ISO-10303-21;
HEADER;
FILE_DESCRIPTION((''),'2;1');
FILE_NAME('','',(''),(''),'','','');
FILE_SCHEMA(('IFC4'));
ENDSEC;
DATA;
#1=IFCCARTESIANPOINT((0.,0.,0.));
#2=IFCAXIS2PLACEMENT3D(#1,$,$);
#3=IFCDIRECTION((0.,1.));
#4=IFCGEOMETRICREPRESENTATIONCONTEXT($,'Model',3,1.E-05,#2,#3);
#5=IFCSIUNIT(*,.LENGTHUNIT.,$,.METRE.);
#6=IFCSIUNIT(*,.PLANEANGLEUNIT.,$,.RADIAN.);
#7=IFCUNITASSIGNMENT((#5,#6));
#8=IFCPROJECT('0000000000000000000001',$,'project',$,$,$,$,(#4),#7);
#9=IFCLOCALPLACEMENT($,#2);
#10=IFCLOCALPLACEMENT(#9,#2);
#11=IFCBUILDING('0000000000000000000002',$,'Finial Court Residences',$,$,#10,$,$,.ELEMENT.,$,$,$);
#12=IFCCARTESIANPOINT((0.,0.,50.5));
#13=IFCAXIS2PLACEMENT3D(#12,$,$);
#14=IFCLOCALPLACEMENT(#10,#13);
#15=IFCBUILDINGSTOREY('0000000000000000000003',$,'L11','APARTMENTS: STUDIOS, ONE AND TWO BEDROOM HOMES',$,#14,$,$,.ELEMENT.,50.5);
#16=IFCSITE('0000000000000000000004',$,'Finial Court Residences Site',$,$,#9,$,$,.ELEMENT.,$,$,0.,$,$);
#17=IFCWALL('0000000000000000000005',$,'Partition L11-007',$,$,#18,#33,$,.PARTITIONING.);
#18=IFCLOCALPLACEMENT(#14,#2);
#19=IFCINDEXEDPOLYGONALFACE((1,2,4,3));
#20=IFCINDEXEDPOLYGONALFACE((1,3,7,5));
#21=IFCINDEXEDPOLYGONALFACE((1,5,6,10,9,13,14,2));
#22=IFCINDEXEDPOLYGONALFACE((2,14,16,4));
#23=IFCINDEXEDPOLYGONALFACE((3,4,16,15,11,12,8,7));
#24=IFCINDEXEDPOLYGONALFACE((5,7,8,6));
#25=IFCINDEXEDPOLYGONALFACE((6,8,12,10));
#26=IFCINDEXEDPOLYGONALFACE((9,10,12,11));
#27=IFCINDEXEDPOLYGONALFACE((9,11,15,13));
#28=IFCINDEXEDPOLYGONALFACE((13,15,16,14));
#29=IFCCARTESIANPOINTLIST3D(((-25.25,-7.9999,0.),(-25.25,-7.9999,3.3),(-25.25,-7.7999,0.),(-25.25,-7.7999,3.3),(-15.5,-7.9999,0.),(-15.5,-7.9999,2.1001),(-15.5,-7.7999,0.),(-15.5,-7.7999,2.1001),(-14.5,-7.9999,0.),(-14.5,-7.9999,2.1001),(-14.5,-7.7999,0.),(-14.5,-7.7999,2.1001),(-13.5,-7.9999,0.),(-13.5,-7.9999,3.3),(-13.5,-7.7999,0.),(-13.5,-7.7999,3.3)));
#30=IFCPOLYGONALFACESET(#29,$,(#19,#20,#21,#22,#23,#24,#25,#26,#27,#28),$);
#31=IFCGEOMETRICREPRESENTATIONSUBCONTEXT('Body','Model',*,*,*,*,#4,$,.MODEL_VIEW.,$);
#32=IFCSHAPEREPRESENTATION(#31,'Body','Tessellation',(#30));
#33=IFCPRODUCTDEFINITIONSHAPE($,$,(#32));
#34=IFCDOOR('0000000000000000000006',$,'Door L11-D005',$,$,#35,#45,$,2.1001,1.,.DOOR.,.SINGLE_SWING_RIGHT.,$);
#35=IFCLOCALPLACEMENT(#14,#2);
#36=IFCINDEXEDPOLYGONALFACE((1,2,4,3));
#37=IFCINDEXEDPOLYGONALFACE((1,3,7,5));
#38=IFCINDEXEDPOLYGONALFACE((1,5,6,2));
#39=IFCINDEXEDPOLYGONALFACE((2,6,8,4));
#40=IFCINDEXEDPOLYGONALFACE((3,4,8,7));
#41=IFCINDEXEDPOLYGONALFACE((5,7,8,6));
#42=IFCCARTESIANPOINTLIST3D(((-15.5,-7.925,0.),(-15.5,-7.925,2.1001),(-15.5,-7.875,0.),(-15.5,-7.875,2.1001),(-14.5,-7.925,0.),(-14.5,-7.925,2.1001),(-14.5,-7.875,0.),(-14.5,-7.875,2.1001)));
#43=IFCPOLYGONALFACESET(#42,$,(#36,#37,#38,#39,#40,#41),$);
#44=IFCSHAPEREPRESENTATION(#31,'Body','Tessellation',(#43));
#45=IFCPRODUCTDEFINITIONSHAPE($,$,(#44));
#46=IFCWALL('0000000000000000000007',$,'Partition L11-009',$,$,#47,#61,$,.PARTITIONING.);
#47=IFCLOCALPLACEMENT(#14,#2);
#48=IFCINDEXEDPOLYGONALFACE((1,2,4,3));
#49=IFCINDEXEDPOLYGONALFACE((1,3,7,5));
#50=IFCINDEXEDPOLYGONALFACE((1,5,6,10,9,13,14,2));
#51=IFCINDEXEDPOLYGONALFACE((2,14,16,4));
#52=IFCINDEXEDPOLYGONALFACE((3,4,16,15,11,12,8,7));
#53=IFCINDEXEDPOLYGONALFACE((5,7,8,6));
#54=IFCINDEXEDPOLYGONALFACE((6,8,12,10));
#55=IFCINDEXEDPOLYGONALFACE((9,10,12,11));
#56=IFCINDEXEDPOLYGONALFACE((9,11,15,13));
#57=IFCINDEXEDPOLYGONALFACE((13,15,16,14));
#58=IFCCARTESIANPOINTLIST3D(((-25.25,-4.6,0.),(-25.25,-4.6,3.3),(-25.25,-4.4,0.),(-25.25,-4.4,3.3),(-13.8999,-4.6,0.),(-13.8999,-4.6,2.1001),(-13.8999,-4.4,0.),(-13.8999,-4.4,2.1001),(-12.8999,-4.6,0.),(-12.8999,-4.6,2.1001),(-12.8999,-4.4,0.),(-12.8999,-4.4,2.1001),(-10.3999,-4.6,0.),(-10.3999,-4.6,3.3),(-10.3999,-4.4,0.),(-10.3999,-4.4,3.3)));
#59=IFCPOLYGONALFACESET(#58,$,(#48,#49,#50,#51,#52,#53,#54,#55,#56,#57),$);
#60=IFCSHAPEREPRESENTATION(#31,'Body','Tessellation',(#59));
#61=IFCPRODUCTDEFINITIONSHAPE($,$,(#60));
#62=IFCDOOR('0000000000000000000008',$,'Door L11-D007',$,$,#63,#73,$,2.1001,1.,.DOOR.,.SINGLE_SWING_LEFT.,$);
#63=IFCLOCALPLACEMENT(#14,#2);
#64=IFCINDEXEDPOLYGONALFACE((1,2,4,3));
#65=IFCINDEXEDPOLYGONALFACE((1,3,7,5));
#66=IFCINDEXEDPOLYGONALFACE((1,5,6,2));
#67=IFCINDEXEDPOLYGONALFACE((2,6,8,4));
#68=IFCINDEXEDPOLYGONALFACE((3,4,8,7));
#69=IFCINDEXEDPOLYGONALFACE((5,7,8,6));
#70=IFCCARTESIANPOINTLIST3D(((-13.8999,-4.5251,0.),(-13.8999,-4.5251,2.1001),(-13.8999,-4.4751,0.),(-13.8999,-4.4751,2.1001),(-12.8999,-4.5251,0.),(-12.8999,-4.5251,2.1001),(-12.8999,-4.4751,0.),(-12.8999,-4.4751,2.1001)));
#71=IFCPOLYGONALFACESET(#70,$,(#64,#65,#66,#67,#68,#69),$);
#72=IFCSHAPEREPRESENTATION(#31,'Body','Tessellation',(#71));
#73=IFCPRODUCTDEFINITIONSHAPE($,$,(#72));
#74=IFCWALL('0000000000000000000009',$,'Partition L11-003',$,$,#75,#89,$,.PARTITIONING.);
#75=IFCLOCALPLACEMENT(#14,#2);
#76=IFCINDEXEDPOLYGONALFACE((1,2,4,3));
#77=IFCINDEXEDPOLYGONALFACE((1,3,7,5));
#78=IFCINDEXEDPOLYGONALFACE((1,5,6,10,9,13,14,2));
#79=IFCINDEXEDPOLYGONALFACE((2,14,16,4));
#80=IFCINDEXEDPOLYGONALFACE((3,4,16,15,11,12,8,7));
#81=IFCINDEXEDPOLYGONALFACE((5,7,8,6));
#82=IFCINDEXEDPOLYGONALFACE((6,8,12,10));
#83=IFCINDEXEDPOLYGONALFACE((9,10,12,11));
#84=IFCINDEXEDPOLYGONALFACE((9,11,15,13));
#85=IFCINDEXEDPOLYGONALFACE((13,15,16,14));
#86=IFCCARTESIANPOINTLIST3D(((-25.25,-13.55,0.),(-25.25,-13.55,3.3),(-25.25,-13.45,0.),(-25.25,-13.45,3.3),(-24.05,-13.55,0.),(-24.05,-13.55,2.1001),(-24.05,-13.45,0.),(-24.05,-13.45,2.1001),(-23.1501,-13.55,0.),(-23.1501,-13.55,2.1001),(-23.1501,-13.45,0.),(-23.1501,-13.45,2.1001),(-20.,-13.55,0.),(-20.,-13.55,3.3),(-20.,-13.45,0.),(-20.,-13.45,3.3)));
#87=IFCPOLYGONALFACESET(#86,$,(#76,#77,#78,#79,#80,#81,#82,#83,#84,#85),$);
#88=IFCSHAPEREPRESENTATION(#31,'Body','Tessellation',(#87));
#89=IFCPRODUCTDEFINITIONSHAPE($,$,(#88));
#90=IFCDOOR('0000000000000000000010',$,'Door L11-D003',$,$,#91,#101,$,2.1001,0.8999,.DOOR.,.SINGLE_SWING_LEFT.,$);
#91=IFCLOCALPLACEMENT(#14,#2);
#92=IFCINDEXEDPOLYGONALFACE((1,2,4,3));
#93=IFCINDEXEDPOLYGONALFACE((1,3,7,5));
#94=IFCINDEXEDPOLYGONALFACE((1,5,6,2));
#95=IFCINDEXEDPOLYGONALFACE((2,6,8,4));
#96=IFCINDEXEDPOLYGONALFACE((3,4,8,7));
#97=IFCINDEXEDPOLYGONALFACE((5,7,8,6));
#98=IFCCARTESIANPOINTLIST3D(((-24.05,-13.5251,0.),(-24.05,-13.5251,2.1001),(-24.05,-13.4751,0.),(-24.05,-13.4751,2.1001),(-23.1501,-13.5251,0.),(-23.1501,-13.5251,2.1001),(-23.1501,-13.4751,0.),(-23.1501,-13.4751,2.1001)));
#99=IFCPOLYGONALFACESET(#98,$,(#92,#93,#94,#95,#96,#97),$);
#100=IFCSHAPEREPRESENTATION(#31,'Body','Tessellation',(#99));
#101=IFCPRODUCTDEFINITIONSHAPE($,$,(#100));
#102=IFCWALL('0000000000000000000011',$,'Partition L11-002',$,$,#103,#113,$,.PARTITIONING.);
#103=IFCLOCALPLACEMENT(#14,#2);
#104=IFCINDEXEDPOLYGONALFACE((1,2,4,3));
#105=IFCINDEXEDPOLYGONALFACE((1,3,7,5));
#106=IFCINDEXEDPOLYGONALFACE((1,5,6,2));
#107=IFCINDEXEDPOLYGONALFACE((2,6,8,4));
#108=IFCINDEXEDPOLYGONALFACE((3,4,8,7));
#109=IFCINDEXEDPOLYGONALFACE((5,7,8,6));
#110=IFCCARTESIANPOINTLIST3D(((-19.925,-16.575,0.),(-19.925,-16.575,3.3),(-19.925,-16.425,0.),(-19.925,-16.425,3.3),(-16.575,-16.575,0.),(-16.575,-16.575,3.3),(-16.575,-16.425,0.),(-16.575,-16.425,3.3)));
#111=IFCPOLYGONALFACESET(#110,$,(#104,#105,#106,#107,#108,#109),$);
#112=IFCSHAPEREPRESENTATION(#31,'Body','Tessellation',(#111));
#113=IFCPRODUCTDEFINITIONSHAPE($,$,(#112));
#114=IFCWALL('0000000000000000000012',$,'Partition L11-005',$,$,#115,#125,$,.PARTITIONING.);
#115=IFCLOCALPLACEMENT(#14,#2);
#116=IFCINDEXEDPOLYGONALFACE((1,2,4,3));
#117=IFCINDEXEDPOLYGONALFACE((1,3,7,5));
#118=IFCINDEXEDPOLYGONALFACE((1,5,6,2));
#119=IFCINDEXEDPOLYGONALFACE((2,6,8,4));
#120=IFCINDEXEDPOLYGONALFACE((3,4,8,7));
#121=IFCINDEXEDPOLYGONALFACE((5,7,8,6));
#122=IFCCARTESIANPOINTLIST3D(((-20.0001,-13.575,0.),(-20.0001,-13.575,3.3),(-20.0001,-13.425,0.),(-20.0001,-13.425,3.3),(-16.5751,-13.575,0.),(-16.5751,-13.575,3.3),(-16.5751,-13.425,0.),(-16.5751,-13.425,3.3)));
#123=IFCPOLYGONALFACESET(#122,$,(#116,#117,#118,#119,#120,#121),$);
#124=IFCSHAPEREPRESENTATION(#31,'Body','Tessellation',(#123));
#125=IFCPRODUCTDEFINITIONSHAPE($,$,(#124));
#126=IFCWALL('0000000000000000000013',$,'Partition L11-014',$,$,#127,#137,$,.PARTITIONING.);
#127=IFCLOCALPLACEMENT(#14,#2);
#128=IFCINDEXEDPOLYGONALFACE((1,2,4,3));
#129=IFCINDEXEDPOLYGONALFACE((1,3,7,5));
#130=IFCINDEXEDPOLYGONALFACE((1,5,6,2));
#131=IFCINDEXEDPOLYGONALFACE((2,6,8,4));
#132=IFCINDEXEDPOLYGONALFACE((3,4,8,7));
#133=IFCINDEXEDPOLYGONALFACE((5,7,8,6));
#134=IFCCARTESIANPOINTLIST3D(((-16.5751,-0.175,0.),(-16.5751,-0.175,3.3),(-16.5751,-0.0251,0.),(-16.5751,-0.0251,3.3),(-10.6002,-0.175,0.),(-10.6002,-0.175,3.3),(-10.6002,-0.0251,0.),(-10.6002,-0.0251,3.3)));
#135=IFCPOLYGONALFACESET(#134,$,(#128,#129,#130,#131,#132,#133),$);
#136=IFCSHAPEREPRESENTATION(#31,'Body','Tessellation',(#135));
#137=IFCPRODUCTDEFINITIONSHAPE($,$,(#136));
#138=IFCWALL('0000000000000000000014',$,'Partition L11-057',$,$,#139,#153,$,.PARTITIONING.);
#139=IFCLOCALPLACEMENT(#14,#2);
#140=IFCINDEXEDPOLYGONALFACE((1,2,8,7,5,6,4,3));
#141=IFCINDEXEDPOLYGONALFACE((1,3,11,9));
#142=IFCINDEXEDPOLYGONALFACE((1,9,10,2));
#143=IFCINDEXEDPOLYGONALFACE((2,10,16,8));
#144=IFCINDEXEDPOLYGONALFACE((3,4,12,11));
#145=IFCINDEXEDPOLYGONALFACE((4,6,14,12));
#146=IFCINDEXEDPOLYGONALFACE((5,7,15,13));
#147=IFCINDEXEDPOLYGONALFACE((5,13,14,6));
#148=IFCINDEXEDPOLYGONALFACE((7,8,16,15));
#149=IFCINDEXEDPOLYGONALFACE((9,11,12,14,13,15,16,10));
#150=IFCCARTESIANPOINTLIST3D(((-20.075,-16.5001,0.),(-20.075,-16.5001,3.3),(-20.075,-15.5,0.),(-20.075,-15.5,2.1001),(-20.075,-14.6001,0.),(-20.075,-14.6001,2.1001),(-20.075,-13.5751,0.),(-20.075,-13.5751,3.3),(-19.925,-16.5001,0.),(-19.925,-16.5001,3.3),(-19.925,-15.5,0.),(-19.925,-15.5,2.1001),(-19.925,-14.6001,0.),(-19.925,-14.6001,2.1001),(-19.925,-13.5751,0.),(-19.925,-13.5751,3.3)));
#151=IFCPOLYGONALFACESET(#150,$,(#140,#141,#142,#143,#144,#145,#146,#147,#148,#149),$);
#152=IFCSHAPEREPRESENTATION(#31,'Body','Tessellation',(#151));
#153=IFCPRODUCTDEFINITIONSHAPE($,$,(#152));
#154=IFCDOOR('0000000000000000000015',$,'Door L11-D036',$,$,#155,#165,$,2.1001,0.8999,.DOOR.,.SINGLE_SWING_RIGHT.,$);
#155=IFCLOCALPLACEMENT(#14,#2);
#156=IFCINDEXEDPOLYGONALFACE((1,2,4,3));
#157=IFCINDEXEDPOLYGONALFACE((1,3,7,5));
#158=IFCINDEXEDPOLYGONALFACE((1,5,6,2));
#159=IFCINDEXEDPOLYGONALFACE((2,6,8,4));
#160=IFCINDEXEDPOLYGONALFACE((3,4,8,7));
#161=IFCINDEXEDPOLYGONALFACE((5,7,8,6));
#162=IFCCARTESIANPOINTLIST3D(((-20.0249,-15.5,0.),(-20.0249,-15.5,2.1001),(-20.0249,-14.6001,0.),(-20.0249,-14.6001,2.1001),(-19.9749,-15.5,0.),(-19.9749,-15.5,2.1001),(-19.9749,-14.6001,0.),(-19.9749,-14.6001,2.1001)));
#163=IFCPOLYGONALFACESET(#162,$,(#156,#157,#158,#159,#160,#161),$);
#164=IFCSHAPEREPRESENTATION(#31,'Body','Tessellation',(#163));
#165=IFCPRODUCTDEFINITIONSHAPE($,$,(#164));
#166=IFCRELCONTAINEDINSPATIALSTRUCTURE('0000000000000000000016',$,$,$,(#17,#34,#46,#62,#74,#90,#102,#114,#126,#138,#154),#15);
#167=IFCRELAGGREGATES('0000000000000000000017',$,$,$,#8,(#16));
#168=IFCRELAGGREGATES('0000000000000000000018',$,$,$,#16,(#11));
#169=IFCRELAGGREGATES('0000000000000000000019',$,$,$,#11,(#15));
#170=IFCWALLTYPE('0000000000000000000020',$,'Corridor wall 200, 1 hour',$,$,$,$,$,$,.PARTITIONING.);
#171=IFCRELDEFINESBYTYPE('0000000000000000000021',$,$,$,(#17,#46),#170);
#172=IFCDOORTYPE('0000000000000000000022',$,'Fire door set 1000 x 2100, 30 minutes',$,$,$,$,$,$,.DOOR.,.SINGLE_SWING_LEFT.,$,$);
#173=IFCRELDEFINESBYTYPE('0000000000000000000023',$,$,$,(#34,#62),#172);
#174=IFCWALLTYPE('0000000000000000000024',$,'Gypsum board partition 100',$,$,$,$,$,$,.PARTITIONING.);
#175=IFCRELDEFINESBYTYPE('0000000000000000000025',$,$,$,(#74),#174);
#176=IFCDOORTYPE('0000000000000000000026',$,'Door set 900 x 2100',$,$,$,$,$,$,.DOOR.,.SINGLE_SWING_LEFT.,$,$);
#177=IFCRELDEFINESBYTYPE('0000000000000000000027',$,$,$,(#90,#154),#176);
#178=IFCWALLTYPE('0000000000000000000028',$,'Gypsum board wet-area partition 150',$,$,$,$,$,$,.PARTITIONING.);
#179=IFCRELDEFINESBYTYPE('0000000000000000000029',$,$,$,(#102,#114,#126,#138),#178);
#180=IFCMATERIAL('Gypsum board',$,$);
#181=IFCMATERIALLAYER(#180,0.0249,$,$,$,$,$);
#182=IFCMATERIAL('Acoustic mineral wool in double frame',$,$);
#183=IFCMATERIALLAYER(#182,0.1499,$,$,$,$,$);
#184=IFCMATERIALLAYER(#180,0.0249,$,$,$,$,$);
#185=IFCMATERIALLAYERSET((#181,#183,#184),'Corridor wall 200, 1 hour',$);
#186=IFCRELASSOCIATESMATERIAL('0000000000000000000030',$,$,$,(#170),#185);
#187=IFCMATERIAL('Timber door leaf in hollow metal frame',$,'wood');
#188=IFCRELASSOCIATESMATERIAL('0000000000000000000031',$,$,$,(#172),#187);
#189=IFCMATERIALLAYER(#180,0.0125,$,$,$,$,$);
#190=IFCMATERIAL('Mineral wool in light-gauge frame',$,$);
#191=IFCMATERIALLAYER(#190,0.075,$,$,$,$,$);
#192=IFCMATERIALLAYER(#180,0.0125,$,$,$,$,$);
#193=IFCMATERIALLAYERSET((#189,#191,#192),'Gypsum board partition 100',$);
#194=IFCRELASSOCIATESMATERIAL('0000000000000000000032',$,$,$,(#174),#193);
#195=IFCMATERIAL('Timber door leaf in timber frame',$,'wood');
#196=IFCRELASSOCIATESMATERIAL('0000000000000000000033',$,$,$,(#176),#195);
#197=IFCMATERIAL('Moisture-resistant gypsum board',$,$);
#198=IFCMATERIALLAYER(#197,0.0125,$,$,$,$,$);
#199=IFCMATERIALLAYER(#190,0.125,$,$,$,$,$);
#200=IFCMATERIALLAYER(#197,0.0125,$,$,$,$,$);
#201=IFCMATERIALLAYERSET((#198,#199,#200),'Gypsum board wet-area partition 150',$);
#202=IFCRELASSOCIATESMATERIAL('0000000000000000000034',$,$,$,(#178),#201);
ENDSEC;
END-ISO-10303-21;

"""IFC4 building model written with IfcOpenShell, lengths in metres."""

from ifc_helpers import new_model, si_unit, direction, frame, frame_2d, origin, place, context, subcontext, project, spatial, rectangle, extrude, material, layer, layer_set, type_object, element, fill, save


model = new_model("IFC4")

# Units and contexts
model_context = context("Model", 3, precision=1e-05, world=origin(), true_north=direction((0.0, 1.0)))
body_context = subcontext(model_context, "Body", "Model", "MODEL_VIEW")
ifc_project = project(units=[si_unit("LENGTHUNIT", "METRE"), si_unit("PLANEANGLEUNIT", "RADIAN")], contexts=[model_context])

# Site, building, storey
site_placement = place(None, origin())
site = spatial("IfcSite", under=ifc_project, at=site_placement, Name="Finial Court Residences Site", CompositionType="ELEMENT", RefElevation=0.0)
building_placement = place(site_placement, origin())
building = spatial("IfcBuilding", under=site, at=building_placement, Name="Finial Court Residences", CompositionType="ELEMENT")
storey_placement = place(building_placement, frame((0.0, 0.0, 50.5)))
storey = spatial("IfcBuildingStorey", under=building, at=storey_placement, Name="L11", Description="APARTMENTS: STUDIOS, ONE AND TWO BEDROOM HOMES", CompositionType="ELEMENT", Elevation=50.5)

# Shared definitions
ifc_material_1 = material(Name="Gypsum board")
ifc_material_2 = material(Name="Acoustic mineral wool in double frame")

# Walls, openings, doors
ifc_layer_1 = layer(ifc_material_1, 0.0249)
ifc_layer_2 = layer(ifc_material_2, 0.1499)
ifc_layer_3 = layer(ifc_material_1, 0.0249)
ifc_layer_set_1 = layer_set([ifc_layer_1, ifc_layer_2, ifc_layer_3], Name="Corridor wall 200, 1 hour")
wall_type_1 = type_object("IfcWallType", Name="Corridor wall 200, 1 hour", PredefinedType="PARTITIONING", material=ifc_layer_set_1)
wall_1_placement = place(storey_placement, frame((-25.25, -7.8999, 0.0), z_axis=(0.0, 0.0, 1.0), x_axis=(1.0, 0.0, 0.0)))
wall_1 = element("IfcWall", 1, at=wall_1_placement, inside=storey, type_object=wall_type_1, Name="Partition L11-007", PredefinedType="PARTITIONING", context=body_context, shape_type="SweptSolid", body=[
    extrude(rectangle(XDim=11.75, YDim=0.2, at=frame_2d((5.875, 0.0))), origin(), (0.0, 0.0, 1.0), 3.3),
])
opening_1_placement = place(wall_1_placement, frame((9.75, 0.0, 0.0)))
opening_1 = element("IfcOpeningElement", 2, at=opening_1_placement, cuts=wall_1, PredefinedType="OPENING", context=body_context, shape_type="SweptSolid", body=[
    extrude(rectangle(XDim=1.0, YDim=2.1001, at=frame_2d((0.5, 1.05))), frame((0.0, 0.1099, 0.0), z_axis=(0.0, -1.0, 0.0), x_axis=(1.0, 0.0, 0.0)), (0.0, 0.0, 1.0), 0.22),
])
ifc_material_3 = material(Name="Timber door leaf in hollow metal frame", Category="wood")
door_type_1 = type_object("IfcDoorType", Name="Fire door set 1000 x 2100, 30 minutes", OperationType="SINGLE_SWING_LEFT", PredefinedType="DOOR", material=ifc_material_3)
door_1_placement = place(opening_1_placement, origin())
door_1 = element("IfcDoor", 3, at=door_1_placement, inside=storey, type_object=door_type_1, Name="Door L11-D005", OperationType="SINGLE_SWING_RIGHT", OverallHeight=2.1001, OverallWidth=1.0, PredefinedType="DOOR", context=body_context, shape_type="SweptSolid", body=[
    extrude(rectangle(XDim=1.0, YDim=2.1001, at=frame_2d((0.5, 1.05))), frame((0.0, 0.0249, 0.0), z_axis=(0.0, -1.0, 0.0), x_axis=(1.0, 0.0, 0.0)), (0.0, 0.0, 1.0), 0.05),
])
fill(opening_1, door_1)
wall_2_placement = place(storey_placement, frame((-25.25, -4.5, 0.0), z_axis=(0.0, 0.0, 1.0), x_axis=(1.0, 0.0, 0.0)))
wall_2 = element("IfcWall", 4, at=wall_2_placement, inside=storey, type_object=wall_type_1, Name="Partition L11-009", PredefinedType="PARTITIONING", context=body_context, shape_type="SweptSolid", body=[
    extrude(rectangle(XDim=14.8501, YDim=0.2, at=frame_2d((7.425, 0.0))), origin(), (0.0, 0.0, 1.0), 3.3),
])
opening_2_placement = place(wall_2_placement, frame((11.3501, 0.0, 0.0)))
opening_2 = element("IfcOpeningElement", 5, at=opening_2_placement, cuts=wall_2, PredefinedType="OPENING", context=body_context, shape_type="SweptSolid", body=[
    extrude(rectangle(XDim=1.0, YDim=2.1001, at=frame_2d((0.5, 1.05))), frame((0.0, 0.1099, 0.0), z_axis=(0.0, -1.0, 0.0), x_axis=(1.0, 0.0, 0.0)), (0.0, 0.0, 1.0), 0.22),
])
door_2_placement = place(opening_2_placement, origin())
door_2 = element("IfcDoor", 6, at=door_2_placement, inside=storey, type_object=door_type_1, Name="Door L11-D007", OperationType="SINGLE_SWING_LEFT", OverallHeight=2.1001, OverallWidth=1.0, PredefinedType="DOOR", context=body_context, shape_type="SweptSolid", body=[
    extrude(rectangle(XDim=1.0, YDim=2.1001, at=frame_2d((0.5, 1.05))), frame((0.0, 0.0249, 0.0), z_axis=(0.0, -1.0, 0.0), x_axis=(1.0, 0.0, 0.0)), (0.0, 0.0, 1.0), 0.05),
])
fill(opening_2, door_2)
ifc_layer_4 = layer(ifc_material_1, 0.0125)
ifc_material_4 = material(Name="Mineral wool in light-gauge frame")
ifc_layer_5 = layer(ifc_material_4, 0.075)
ifc_layer_6 = layer(ifc_material_1, 0.0125)
ifc_layer_set_2 = layer_set([ifc_layer_4, ifc_layer_5, ifc_layer_6], Name="Gypsum board partition 100")
wall_type_2 = type_object("IfcWallType", Name="Gypsum board partition 100", PredefinedType="PARTITIONING", material=ifc_layer_set_2)
wall_3_placement = place(storey_placement, frame((-25.25, -13.5, 0.0), z_axis=(0.0, 0.0, 1.0), x_axis=(1.0, 0.0, 0.0)))
wall_3 = element("IfcWall", 7, at=wall_3_placement, inside=storey, type_object=wall_type_2, Name="Partition L11-003", PredefinedType="PARTITIONING", context=body_context, shape_type="SweptSolid", body=[
    extrude(rectangle(XDim=5.25, YDim=0.1001, at=frame_2d((2.625, 0.0))), origin(), (0.0, 0.0, 1.0), 3.3),
])
opening_3_placement = place(wall_3_placement, frame((1.2, 0.0, 0.0)))
opening_3 = element("IfcOpeningElement", 8, at=opening_3_placement, cuts=wall_3, PredefinedType="OPENING", context=body_context, shape_type="SweptSolid", body=[
    extrude(rectangle(XDim=0.8999, YDim=2.1001, at=frame_2d((0.45, 1.05))), frame((0.0, 0.0601, 0.0), z_axis=(0.0, -1.0, 0.0), x_axis=(1.0, 0.0, 0.0)), (0.0, 0.0, 1.0), 0.1201),
])
ifc_material_5 = material(Name="Timber door leaf in timber frame", Category="wood")
door_type_2 = type_object("IfcDoorType", Name="Door set 900 x 2100", OperationType="SINGLE_SWING_LEFT", PredefinedType="DOOR", material=ifc_material_5)
door_3_placement = place(opening_3_placement, origin())
door_3 = element("IfcDoor", 9, at=door_3_placement, inside=storey, type_object=door_type_2, Name="Door L11-D003", OperationType="SINGLE_SWING_LEFT", OverallHeight=2.1001, OverallWidth=0.8999, PredefinedType="DOOR", context=body_context, shape_type="SweptSolid", body=[
    extrude(rectangle(XDim=0.8999, YDim=2.1001, at=frame_2d((0.45, 1.05))), frame((0.0, 0.0249, 0.0), z_axis=(0.0, -1.0, 0.0), x_axis=(1.0, 0.0, 0.0)), (0.0, 0.0, 1.0), 0.05),
])
fill(opening_3, door_3)

# Walls
ifc_material_6 = material(Name="Moisture-resistant gypsum board")
ifc_layer_7 = layer(ifc_material_6, 0.0125)
ifc_layer_8 = layer(ifc_material_4, 0.125)
ifc_layer_9 = layer(ifc_material_6, 0.0125)
ifc_layer_set_3 = layer_set([ifc_layer_7, ifc_layer_8, ifc_layer_9], Name="Gypsum board wet-area partition 150")
wall_type_3 = type_object("IfcWallType", Name="Gypsum board wet-area partition 150", PredefinedType="PARTITIONING", material=ifc_layer_set_3)
wall_4_placement = place(storey_placement, frame((-19.925, -16.5, 0.0), z_axis=(0.0, 0.0, 1.0), x_axis=(1.0, 0.0, 0.0)))
element("IfcWall", 10, at=wall_4_placement, inside=storey, type_object=wall_type_3, Name="Partition L11-002", PredefinedType="PARTITIONING", context=body_context, shape_type="SweptSolid", body=[
    extrude(rectangle(XDim=3.3501, YDim=0.1499, at=frame_2d((1.675, 0.0))), origin(), (0.0, 0.0, 1.0), 3.3),
])
wall_5_placement = place(storey_placement, frame((-20.0, -13.5, 0.0), z_axis=(0.0, 0.0, 1.0), x_axis=(1.0, 0.0, 0.0)))
element("IfcWall", 11, at=wall_5_placement, inside=storey, type_object=wall_type_3, Name="Partition L11-005", PredefinedType="PARTITIONING", context=body_context, shape_type="SweptSolid", body=[
    extrude(rectangle(XDim=3.425, YDim=0.1499, at=frame_2d((1.7124, 0.0))), origin(), (0.0, 0.0, 1.0), 3.3),
])
wall_6_placement = place(storey_placement, frame((-16.575, -0.1001, 0.0), z_axis=(0.0, 0.0, 1.0), x_axis=(1.0, 0.0, 0.0)))
element("IfcWall", 12, at=wall_6_placement, inside=storey, type_object=wall_type_3, Name="Partition L11-014", PredefinedType="PARTITIONING", context=body_context, shape_type="SweptSolid", body=[
    extrude(rectangle(XDim=5.9749, YDim=0.1499, at=frame_2d((2.9873, 0.0))), origin(), (0.0, 0.0, 1.0), 3.3),
])

# Wall, opening, door
wall_7_placement = place(storey_placement, frame((-20.0, -16.5, 0.0), z_axis=(0.0, 0.0, 1.0), x_axis=(0.0, 1.0, 0.0)))
wall_7 = element("IfcWall", 13, at=wall_7_placement, inside=storey, type_object=wall_type_3, Name="Partition L11-057", PredefinedType="PARTITIONING", context=body_context, shape_type="SweptSolid", body=[
    extrude(rectangle(XDim=2.925, YDim=0.1499, at=frame_2d((1.4624, 0.0))), origin(), (0.0, 0.0, 1.0), 3.3),
])
opening_4_placement = place(wall_7_placement, frame((1.0, 0.0, 0.0)))
opening_4 = element("IfcOpeningElement", 14, at=opening_4_placement, cuts=wall_7, PredefinedType="OPENING", context=body_context, shape_type="SweptSolid", body=[
    extrude(rectangle(XDim=0.8999, YDim=2.1001, at=frame_2d((0.45, 1.05))), frame((0.0, 0.085, 0.0), z_axis=(0.0, -1.0, 0.0), x_axis=(1.0, 0.0, 0.0)), (0.0, 0.0, 1.0), 0.1699),
])
door_4_placement = place(opening_4_placement, origin())
door_4 = element("IfcDoor", 15, at=door_4_placement, inside=storey, type_object=door_type_2, Name="Door L11-D036", OperationType="SINGLE_SWING_RIGHT", OverallHeight=2.1001, OverallWidth=0.8999, PredefinedType="DOOR", context=body_context, shape_type="SweptSolid", body=[
    extrude(rectangle(XDim=0.8999, YDim=2.1001, at=frame_2d((0.45, 1.05))), frame((0.0, 0.0249, 0.0), z_axis=(0.0, -1.0, 0.0), x_axis=(1.0, 0.0, 0.0)), (0.0, 0.0, 1.0), 0.05),
])
fill(opening_4, door_4)

save(model, "model.ifc")
